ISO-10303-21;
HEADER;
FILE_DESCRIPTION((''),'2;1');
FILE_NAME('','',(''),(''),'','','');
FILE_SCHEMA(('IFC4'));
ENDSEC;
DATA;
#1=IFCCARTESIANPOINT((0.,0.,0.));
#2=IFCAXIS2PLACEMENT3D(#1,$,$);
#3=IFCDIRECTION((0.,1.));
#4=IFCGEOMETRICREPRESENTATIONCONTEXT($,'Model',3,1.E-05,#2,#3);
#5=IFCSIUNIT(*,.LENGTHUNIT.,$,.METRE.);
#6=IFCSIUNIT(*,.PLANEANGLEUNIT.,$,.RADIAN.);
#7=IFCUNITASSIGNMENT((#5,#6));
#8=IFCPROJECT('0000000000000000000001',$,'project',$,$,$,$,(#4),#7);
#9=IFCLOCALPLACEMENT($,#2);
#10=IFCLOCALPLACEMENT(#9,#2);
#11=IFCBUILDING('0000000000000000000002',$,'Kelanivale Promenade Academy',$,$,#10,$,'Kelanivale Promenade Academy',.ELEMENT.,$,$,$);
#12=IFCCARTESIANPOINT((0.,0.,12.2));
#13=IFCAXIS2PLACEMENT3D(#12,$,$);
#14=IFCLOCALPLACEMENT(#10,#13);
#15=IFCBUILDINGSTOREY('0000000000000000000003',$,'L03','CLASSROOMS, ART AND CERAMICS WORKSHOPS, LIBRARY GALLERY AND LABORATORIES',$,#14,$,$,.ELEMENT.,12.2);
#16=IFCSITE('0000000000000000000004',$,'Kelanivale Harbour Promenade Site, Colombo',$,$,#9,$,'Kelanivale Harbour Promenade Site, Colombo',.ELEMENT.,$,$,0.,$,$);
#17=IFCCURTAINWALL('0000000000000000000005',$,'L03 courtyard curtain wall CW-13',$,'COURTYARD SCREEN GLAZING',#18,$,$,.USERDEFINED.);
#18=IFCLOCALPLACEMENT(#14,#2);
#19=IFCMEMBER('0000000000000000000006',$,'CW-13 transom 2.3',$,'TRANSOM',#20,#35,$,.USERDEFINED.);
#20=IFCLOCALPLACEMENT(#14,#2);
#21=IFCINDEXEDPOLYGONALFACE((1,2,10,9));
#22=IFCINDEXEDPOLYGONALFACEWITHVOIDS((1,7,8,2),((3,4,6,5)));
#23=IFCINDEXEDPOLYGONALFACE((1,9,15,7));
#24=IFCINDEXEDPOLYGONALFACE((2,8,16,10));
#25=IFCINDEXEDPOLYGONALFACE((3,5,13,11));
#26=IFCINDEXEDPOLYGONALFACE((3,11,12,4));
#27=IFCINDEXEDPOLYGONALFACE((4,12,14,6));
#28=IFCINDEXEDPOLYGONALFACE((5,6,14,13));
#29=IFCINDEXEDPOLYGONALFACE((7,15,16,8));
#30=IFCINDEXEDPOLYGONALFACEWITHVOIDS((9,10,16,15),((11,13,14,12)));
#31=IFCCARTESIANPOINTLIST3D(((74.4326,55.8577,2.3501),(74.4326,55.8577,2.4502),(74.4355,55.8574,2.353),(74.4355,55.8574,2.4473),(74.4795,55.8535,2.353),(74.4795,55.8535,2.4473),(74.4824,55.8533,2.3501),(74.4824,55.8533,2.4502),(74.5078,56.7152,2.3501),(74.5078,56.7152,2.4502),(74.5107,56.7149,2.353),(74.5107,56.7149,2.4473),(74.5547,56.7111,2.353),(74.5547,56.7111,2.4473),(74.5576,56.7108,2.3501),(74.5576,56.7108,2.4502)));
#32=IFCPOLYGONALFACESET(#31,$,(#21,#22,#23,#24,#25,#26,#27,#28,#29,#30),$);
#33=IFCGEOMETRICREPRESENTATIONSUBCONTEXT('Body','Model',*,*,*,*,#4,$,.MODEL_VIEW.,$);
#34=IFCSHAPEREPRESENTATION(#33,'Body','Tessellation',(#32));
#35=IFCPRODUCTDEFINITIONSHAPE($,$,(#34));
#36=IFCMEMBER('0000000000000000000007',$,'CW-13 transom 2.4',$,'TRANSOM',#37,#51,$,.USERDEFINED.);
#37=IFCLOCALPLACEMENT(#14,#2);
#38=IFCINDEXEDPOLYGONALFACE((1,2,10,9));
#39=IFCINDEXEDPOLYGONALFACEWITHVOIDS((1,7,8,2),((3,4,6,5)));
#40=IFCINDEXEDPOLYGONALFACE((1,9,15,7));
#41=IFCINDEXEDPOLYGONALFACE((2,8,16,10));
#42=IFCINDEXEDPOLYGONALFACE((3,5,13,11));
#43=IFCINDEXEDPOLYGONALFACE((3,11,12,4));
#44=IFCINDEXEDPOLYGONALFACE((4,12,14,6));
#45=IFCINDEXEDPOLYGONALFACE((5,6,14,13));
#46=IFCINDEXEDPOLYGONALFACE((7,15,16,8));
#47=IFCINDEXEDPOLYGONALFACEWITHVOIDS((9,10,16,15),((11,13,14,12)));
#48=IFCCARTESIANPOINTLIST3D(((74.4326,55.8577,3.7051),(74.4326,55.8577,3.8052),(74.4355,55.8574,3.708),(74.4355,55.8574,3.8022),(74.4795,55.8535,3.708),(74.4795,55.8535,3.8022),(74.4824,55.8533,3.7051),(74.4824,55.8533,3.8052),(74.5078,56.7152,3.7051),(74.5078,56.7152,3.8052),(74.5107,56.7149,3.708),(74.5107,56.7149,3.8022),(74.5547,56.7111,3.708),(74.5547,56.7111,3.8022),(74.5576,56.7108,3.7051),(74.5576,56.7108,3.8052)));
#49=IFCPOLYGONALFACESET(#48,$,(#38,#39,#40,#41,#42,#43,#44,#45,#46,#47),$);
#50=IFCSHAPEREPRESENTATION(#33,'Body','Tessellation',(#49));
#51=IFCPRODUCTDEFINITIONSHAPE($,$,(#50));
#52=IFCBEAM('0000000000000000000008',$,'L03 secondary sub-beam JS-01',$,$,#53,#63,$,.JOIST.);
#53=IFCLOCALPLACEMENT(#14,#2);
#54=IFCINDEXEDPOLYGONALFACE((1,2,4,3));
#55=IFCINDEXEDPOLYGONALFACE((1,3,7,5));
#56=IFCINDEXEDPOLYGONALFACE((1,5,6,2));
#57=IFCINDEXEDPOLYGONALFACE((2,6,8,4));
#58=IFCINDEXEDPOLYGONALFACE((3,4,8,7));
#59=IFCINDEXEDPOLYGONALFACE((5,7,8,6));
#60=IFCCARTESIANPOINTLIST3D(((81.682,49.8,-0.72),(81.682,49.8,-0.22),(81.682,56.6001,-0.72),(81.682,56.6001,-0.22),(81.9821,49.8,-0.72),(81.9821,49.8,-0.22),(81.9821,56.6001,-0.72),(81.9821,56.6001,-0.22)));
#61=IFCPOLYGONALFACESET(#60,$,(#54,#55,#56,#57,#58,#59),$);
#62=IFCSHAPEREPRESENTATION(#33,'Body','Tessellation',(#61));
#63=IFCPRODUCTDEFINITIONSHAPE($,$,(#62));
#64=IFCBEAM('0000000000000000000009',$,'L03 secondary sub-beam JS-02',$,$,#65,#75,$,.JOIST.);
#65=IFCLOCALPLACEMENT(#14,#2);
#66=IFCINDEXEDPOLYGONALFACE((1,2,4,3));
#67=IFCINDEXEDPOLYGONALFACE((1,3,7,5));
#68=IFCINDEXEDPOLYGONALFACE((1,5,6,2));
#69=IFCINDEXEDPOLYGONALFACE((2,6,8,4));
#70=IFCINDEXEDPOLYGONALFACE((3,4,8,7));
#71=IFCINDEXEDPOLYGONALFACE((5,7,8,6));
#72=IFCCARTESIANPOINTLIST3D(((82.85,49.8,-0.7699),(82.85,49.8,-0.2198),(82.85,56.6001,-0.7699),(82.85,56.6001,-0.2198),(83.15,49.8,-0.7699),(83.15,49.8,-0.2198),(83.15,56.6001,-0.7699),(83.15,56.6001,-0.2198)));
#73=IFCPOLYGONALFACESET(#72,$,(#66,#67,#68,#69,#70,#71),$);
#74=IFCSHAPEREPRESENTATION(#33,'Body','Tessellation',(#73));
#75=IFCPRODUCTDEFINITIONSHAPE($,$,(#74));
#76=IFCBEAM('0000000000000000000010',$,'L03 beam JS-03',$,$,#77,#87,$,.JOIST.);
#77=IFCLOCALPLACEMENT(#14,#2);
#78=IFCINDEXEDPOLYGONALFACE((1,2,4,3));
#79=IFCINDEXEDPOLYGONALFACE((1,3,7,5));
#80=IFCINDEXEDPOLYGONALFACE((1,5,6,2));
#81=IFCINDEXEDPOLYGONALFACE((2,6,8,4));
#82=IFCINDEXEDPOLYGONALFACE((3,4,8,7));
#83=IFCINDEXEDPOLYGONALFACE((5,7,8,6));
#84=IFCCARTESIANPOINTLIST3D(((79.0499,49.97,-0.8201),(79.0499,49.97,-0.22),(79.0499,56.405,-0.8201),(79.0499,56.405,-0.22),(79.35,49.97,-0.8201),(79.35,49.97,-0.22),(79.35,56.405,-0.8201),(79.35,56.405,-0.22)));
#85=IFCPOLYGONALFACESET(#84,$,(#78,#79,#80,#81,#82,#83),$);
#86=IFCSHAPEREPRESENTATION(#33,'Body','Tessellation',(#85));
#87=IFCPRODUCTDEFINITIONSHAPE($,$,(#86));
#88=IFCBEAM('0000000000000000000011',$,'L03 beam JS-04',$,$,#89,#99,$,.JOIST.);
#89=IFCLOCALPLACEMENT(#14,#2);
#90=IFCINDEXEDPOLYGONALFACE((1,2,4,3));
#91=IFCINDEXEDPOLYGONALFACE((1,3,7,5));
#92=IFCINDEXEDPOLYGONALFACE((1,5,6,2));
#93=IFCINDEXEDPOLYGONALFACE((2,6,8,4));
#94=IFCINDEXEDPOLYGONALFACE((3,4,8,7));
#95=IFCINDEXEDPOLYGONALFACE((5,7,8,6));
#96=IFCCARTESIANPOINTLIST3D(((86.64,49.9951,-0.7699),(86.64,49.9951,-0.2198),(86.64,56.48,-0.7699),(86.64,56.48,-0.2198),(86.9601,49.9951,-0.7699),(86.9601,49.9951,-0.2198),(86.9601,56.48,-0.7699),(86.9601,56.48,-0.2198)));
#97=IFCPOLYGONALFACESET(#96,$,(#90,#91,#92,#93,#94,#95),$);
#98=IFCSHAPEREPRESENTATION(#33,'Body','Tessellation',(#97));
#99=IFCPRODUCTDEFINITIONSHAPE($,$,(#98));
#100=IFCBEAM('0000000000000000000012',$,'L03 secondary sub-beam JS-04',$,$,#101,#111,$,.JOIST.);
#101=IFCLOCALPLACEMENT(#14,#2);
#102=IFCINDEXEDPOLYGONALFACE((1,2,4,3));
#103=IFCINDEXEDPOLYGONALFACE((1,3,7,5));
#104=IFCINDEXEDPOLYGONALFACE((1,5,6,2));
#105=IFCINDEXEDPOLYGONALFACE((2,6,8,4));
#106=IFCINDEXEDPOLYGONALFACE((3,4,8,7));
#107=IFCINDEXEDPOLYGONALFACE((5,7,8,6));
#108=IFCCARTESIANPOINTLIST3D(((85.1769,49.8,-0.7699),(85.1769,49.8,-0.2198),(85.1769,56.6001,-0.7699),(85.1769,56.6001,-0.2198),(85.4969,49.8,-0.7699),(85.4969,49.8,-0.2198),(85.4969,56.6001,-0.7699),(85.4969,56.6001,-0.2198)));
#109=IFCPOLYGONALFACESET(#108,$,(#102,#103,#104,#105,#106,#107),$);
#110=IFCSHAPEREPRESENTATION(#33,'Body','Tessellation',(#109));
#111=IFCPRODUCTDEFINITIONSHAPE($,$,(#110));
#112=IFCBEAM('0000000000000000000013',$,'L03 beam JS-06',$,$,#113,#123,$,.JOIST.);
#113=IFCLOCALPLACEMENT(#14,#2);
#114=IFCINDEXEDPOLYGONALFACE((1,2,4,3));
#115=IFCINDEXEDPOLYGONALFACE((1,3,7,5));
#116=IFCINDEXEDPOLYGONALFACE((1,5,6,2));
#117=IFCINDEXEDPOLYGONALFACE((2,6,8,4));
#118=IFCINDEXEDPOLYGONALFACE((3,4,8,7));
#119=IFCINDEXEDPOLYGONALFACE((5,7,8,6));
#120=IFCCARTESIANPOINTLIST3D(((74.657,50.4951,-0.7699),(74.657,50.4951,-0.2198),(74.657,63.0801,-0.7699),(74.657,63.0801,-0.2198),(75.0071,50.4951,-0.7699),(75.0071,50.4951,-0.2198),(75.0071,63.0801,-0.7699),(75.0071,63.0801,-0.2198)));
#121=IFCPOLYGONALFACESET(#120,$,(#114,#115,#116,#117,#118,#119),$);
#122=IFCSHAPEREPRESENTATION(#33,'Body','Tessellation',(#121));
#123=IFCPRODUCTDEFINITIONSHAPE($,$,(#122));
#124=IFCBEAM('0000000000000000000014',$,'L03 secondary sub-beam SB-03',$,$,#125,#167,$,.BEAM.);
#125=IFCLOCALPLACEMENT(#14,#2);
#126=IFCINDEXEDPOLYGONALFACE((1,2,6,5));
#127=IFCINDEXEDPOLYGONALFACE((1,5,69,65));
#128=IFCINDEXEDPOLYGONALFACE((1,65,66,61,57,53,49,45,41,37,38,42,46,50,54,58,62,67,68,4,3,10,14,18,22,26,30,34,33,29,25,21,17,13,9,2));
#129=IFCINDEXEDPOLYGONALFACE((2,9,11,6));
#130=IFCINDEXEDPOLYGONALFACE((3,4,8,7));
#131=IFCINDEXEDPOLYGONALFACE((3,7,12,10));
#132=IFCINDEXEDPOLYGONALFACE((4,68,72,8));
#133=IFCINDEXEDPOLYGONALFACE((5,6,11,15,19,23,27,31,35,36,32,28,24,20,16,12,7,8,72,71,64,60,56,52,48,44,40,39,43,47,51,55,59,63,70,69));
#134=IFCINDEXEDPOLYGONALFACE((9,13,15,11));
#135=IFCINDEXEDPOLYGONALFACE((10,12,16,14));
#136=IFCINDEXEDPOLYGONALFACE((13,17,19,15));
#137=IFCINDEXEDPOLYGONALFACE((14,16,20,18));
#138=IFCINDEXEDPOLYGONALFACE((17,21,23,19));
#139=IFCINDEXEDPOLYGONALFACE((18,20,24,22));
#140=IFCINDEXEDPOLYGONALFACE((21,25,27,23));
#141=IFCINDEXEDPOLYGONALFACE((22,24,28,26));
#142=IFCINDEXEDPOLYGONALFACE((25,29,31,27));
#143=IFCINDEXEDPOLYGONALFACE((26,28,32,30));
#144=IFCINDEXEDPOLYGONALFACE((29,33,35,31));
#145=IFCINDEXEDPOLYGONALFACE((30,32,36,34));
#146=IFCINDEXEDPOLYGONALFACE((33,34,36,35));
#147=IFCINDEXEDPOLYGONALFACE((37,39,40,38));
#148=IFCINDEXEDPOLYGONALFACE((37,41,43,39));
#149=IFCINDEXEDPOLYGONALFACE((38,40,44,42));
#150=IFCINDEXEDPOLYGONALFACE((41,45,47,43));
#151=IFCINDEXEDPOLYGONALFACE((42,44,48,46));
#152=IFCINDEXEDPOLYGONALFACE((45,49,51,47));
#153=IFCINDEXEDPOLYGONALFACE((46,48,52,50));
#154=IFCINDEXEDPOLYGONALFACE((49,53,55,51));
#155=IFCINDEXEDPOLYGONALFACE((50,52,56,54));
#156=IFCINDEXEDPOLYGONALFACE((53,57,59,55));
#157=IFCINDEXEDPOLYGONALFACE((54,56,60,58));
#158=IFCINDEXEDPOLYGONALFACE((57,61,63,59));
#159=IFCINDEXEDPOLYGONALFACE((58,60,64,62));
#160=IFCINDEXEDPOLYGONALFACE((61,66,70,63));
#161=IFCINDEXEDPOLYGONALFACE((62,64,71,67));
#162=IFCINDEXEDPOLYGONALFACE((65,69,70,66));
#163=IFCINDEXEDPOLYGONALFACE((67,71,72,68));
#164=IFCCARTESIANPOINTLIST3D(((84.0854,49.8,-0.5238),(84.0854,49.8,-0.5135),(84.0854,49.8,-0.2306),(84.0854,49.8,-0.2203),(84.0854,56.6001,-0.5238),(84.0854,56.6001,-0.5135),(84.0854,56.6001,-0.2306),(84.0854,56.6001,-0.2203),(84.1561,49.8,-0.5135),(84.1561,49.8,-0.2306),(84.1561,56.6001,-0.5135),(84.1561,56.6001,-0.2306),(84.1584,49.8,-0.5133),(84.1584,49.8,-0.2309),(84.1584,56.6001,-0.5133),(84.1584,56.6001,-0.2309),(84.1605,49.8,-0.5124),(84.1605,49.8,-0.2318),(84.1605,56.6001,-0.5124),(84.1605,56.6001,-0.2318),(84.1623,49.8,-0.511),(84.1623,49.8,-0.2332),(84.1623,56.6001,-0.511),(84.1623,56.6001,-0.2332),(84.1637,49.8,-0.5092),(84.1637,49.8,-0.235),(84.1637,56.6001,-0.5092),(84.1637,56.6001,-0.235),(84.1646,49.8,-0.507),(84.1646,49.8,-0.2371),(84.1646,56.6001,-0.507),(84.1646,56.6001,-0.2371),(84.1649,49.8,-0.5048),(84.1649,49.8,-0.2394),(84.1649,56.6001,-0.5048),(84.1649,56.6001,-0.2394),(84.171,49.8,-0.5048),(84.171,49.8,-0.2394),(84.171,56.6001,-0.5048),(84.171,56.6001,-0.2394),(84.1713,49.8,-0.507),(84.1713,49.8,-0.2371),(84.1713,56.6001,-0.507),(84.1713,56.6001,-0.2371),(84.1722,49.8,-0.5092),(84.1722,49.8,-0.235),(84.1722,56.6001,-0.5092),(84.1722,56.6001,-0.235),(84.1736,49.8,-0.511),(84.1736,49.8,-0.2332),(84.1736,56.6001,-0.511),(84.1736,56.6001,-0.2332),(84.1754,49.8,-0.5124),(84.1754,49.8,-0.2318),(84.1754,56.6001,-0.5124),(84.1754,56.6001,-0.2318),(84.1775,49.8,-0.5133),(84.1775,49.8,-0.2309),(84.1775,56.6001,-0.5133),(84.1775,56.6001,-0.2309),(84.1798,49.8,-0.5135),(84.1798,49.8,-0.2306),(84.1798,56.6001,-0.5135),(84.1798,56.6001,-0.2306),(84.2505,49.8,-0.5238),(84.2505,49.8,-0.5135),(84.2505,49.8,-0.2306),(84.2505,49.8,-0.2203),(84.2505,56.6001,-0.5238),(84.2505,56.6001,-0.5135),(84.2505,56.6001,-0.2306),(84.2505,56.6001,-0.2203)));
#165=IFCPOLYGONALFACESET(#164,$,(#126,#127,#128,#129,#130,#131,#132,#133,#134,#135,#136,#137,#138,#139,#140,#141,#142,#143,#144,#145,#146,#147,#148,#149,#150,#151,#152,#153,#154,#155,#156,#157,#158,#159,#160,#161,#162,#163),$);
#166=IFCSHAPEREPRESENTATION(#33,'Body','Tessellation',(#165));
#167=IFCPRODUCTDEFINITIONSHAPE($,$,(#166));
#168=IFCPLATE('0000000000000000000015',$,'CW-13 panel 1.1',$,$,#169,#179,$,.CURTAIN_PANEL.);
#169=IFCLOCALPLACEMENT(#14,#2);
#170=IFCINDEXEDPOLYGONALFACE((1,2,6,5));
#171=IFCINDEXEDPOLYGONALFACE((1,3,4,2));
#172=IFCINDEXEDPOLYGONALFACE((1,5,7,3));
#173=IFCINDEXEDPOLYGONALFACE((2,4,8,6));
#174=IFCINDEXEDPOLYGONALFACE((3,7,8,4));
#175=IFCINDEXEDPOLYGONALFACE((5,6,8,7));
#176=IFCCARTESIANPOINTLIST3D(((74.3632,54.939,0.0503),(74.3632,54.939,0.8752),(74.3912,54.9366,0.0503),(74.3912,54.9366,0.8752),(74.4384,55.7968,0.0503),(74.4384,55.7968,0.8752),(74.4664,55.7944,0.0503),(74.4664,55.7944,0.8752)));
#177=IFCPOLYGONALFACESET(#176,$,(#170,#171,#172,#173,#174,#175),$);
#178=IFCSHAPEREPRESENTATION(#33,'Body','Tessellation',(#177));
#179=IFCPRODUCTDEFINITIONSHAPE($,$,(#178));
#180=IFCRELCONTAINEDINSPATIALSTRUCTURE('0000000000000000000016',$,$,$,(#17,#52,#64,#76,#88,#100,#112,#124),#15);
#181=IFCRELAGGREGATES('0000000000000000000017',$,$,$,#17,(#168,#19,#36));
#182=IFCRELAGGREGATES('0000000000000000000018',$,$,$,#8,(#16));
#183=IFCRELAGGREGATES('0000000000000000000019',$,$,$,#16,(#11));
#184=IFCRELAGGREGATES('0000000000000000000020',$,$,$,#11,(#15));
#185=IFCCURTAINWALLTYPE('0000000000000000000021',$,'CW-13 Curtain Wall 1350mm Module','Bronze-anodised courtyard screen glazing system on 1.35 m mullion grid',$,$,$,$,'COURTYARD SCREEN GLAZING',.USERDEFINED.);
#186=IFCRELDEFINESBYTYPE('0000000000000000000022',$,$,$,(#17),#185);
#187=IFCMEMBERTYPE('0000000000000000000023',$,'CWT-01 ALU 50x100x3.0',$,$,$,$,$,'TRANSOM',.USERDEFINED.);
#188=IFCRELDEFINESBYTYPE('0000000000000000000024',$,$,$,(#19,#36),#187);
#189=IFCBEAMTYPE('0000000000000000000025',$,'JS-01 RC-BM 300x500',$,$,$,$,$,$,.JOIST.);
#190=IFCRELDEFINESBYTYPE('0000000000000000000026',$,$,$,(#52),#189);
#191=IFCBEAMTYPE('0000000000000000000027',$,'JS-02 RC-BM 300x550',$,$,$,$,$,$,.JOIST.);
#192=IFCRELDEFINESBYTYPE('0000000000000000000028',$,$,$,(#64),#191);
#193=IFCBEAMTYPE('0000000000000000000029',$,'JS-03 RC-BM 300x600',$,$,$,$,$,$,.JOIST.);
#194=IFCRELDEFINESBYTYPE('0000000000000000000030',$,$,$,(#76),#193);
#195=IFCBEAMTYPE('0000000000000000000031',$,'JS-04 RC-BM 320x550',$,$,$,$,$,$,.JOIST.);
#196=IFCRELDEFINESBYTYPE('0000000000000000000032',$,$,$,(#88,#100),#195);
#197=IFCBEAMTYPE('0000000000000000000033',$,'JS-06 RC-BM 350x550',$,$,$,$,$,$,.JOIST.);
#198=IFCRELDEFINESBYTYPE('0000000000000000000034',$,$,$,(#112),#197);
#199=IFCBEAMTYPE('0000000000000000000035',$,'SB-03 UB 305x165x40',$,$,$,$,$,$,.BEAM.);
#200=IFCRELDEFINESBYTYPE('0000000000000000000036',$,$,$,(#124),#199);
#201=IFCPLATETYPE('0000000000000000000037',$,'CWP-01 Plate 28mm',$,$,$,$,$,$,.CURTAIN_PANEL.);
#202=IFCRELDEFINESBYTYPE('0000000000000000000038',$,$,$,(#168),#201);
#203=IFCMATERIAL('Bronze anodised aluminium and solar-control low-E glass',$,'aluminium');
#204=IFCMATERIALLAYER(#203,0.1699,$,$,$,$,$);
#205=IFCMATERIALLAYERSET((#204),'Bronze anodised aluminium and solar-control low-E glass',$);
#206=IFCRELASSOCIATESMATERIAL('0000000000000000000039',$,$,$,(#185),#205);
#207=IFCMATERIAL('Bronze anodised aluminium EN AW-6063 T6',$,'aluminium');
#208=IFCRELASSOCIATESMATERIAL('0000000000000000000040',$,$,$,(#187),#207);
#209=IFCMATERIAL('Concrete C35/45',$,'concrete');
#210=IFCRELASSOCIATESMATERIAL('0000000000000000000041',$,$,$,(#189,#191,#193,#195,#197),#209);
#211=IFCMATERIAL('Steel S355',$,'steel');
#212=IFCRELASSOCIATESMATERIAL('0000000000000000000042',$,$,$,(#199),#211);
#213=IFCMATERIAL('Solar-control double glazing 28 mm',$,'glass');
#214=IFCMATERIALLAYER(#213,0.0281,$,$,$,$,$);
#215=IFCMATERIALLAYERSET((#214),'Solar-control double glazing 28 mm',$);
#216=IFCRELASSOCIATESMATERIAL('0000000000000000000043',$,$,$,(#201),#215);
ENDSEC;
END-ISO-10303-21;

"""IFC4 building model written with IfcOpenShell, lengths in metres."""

from ifc_helpers import new_model, si_unit, direction, frame, origin, origin_2d, place, context, subcontext, project, spatial, rectangle, hollow_rectangle, i_section, extrude, material, layer, layer_set, material_profile, profile_set, type_object, element, aggregate, save


model = new_model("IFC4")

# Units and contexts
model_context = context("Model", 3, precision=1e-05, world=origin(), true_north=direction((0.0, 1.0)))
body_context = subcontext(model_context, "Body", "Model", "MODEL_VIEW")
ifc_project = project(units=[si_unit("LENGTHUNIT", "METRE"), si_unit("PLANEANGLEUNIT", "RADIAN")], contexts=[model_context])

# Site, building, storey
site_placement = place(None, origin())
site = spatial("IfcSite", under=ifc_project, at=site_placement, Name="Kelanivale Harbour Promenade Site, Colombo", LongName="Kelanivale Harbour Promenade Site, Colombo", CompositionType="ELEMENT", RefElevation=0.0)
building_placement = place(site_placement, origin())
building = spatial("IfcBuilding", under=site, at=building_placement, Name="Kelanivale Promenade Academy", LongName="Kelanivale Promenade Academy", CompositionType="ELEMENT")
storey_placement = place(building_placement, frame((0.0, 0.0, 12.2)))
storey = spatial("IfcBuildingStorey", under=building, at=storey_placement, Name="L03", Description="CLASSROOMS, ART AND CERAMICS WORKSHOPS, LIBRARY GALLERY AND LABORATORIES", CompositionType="ELEMENT", Elevation=12.2)

# Shared definitions
ifc_material_1 = material(Name="Concrete C35/45", Category="concrete")

# Curtain wall, members
ifc_material_2 = material(Name="Bronze anodised aluminium and solar-control low-E glass", Category="aluminium")
ifc_layer_1 = layer(ifc_material_2, 0.1699)
ifc_layer_set_1 = layer_set([ifc_layer_1], Name="Bronze anodised aluminium and solar-control low-E glass")
curtain_wall_type = type_object("IfcCurtainWallType", Name="CW-13 Curtain Wall 1350mm Module", Description="Bronze-anodised courtyard screen glazing system on 1.35 m mullion grid", ElementType="COURTYARD SCREEN GLAZING", PredefinedType="USERDEFINED", material=ifc_layer_set_1)
curtain_wall_placement = place(storey_placement, origin())
curtain_wall = element("IfcCurtainWall", 1, at=curtain_wall_placement, inside=storey, type_object=curtain_wall_type, Name="L03 courtyard curtain wall CW-13", ObjectType="COURTYARD SCREEN GLAZING", PredefinedType="USERDEFINED")
ifc_material_3 = material(Name="Bronze anodised aluminium EN AW-6063 T6", Category="aluminium")
ifc_material_profile_1 = material_profile(ifc_material_3, hollow_rectangle(XDim=0.05, YDim=0.1001, WallThickness=0.0029, at=origin_2d()), Name="ALU 50x100x3.0")
ifc_profile_set_1 = profile_set([ifc_material_profile_1], Name="Bronze anodised aluminium EN AW-6063 T6")
member_type_1 = type_object("IfcMemberType", Name="CWT-01 ALU 50x100x3.0", ElementType="TRANSOM", PredefinedType="USERDEFINED", material=ifc_profile_set_1)
member_1_placement = place(storey_placement, frame((74.4575, 55.8555, 2.4001), z_axis=(0.087339, 0.996179, 0.0), x_axis=(-0.996179, 0.087339, 0.0)))
member_1 = element("IfcMember", 2, at=member_1_placement, type_object=member_type_1, Name="CW-13 transom 2.3", ObjectType="TRANSOM", PredefinedType="USERDEFINED", context=body_context, shape_type="SweptSolid", body=[
    extrude(hollow_rectangle(XDim=0.05, YDim=0.1001, WallThickness=0.0029, at=origin_2d()), origin(), (0.0, 0.0, 1.0), 0.8608),
])
member_2_placement = place(storey_placement, frame((74.4575, 55.8555, 3.7551), z_axis=(0.087339, 0.996179, 0.0), x_axis=(-0.996179, 0.087339, 0.0)))
member_2 = element("IfcMember", 3, at=member_2_placement, type_object=member_type_1, Name="CW-13 transom 2.4", ObjectType="TRANSOM", PredefinedType="USERDEFINED", context=body_context, shape_type="SweptSolid", body=[
    extrude(hollow_rectangle(XDim=0.05, YDim=0.1001, WallThickness=0.0029, at=origin_2d()), origin(), (0.0, 0.0, 1.0), 0.8608),
])

# Beams
ifc_material_profile_2 = material_profile(ifc_material_1, rectangle(XDim=0.3, YDim=0.5, at=origin_2d()), Name="RC-BM 300x500")
ifc_profile_set_2 = profile_set([ifc_material_profile_2], Name="Concrete C35/45")
beam_type_1 = type_object("IfcBeamType", Name="JS-01 RC-BM 300x500", PredefinedType="JOIST", material=ifc_profile_set_2)
beam_1_placement = place(storey_placement, frame((81.832, 49.8, -0.47), z_axis=(0.0, 1.0, 0.0), x_axis=(-1.0, 0.0, 0.0)))
element("IfcBeam", 4, at=beam_1_placement, inside=storey, type_object=beam_type_1, Name="L03 secondary sub-beam JS-01", PredefinedType="JOIST", context=body_context, shape_type="SweptSolid", body=[
    extrude(rectangle(XDim=0.3, YDim=0.5, at=origin_2d()), origin(), (0.0, 0.0, 1.0), 6.8),
])
ifc_material_profile_3 = material_profile(ifc_material_1, rectangle(XDim=0.3, YDim=0.55, at=origin_2d()), Name="RC-BM 300x550")
ifc_profile_set_3 = profile_set([ifc_material_profile_3], Name="Concrete C35/45")
beam_type_2 = type_object("IfcBeamType", Name="JS-02 RC-BM 300x550", PredefinedType="JOIST", material=ifc_profile_set_3)
beam_2_placement = place(storey_placement, frame((83.0, 49.8, -0.4949), z_axis=(0.0, 1.0, 0.0), x_axis=(-1.0, 0.0, 0.0)))
element("IfcBeam", 5, at=beam_2_placement, inside=storey, type_object=beam_type_2, Name="L03 secondary sub-beam JS-02", PredefinedType="JOIST", context=body_context, shape_type="SweptSolid", body=[
    extrude(rectangle(XDim=0.3, YDim=0.55, at=origin_2d()), origin(), (0.0, 0.0, 1.0), 6.8),
])
ifc_material_profile_4 = material_profile(ifc_material_1, rectangle(XDim=0.3, YDim=0.6001, at=origin_2d()), Name="RC-BM 300x600")
ifc_profile_set_4 = profile_set([ifc_material_profile_4], Name="Concrete C35/45")
beam_type_3 = type_object("IfcBeamType", Name="JS-03 RC-BM 300x600", PredefinedType="JOIST", material=ifc_profile_set_4)
beam_3_placement = place(storey_placement, frame((79.2, 49.97, -0.52), z_axis=(0.0, 1.0, 0.0), x_axis=(-1.0, 0.0, 0.0)))
element("IfcBeam", 6, at=beam_3_placement, inside=storey, type_object=beam_type_3, Name="L03 beam JS-03", PredefinedType="JOIST", context=body_context, shape_type="SweptSolid", body=[
    extrude(rectangle(XDim=0.3, YDim=0.6001, at=origin_2d()), origin(), (0.0, 0.0, 1.0), 6.4351),
])
ifc_material_profile_5 = material_profile(ifc_material_1, rectangle(XDim=0.3201, YDim=0.55, at=origin_2d()), Name="RC-BM 320x550")
ifc_profile_set_5 = profile_set([ifc_material_profile_5], Name="Concrete C35/45")
beam_type_4 = type_object("IfcBeamType", Name="JS-04 RC-BM 320x550", PredefinedType="JOIST", material=ifc_profile_set_5)
beam_4_placement = place(storey_placement, frame((86.8, 49.9951, -0.4949), z_axis=(0.0, 1.0, 0.0), x_axis=(-1.0, 0.0, 0.0)))
element("IfcBeam", 7, at=beam_4_placement, inside=storey, type_object=beam_type_4, Name="L03 beam JS-04", PredefinedType="JOIST", context=body_context, shape_type="SweptSolid", body=[
    extrude(rectangle(XDim=0.3201, YDim=0.55, at=origin_2d()), origin(), (0.0, 0.0, 1.0), 6.4849),
])
beam_5_placement = place(storey_placement, frame((85.3369, 49.8, -0.4949), z_axis=(0.0, 1.0, 0.0), x_axis=(-1.0, 0.0, 0.0)))
element("IfcBeam", 8, at=beam_5_placement, inside=storey, type_object=beam_type_4, Name="L03 secondary sub-beam JS-04", PredefinedType="JOIST", context=body_context, shape_type="SweptSolid", body=[
    extrude(rectangle(XDim=0.3201, YDim=0.55, at=origin_2d()), origin(), (0.0, 0.0, 1.0), 6.8),
])
ifc_material_profile_6 = material_profile(ifc_material_1, rectangle(XDim=0.3501, YDim=0.55, at=origin_2d()), Name="RC-BM 350x550")
ifc_profile_set_6 = profile_set([ifc_material_profile_6], Name="Concrete C35/45")
beam_type_5 = type_object("IfcBeamType", Name="JS-06 RC-BM 350x550", PredefinedType="JOIST", material=ifc_profile_set_6)
beam_6_placement = place(storey_placement, frame((74.832, 50.4951, -0.4949), z_axis=(0.0, 1.0, 0.0), x_axis=(-1.0, 0.0, 0.0)))
element("IfcBeam", 9, at=beam_6_placement, inside=storey, type_object=beam_type_5, Name="L03 beam JS-06", PredefinedType="JOIST", context=body_context, shape_type="SweptSolid", body=[
    extrude(rectangle(XDim=0.3501, YDim=0.55, at=origin_2d()), origin(), (0.0, 0.0, 1.0), 12.585),
])
ifc_material_4 = material(Name="Steel S355", Category="steel")
ifc_material_profile_7 = material_profile(ifc_material_4, i_section(OverallWidth=0.165, OverallDepth=0.3035, WebThickness=0.0061, FlangeThickness=0.0103, FilletRadius=0.0088, at=origin_2d()), Name="UB 305x165x40")
ifc_profile_set_7 = profile_set([ifc_material_profile_7], Name="Steel S355")
beam_type_6 = type_object("IfcBeamType", Name="SB-03 UB 305x165x40", PredefinedType="BEAM", material=ifc_profile_set_7)
beam_7_placement = place(storey_placement, frame((84.168, 49.8, -0.3721), z_axis=(0.0, 1.0, 0.0), x_axis=(-1.0, 0.0, 0.0)))
element("IfcBeam", 10, at=beam_7_placement, inside=storey, type_object=beam_type_6, Name="L03 secondary sub-beam SB-03", PredefinedType="BEAM", context=body_context, shape_type="SweptSolid", body=[
    extrude(i_section(OverallWidth=0.165, OverallDepth=0.3035, WebThickness=0.0061, FlangeThickness=0.0103, FilletRadius=0.0088, at=origin_2d()), origin(), (0.0, 0.0, 1.0), 6.8),
])

# Plate
ifc_material_5 = material(Name="Solar-control double glazing 28 mm", Category="glass")
ifc_layer_2 = layer(ifc_material_5, 0.0281)
ifc_layer_set_2 = layer_set([ifc_layer_2], Name="Solar-control double glazing 28 mm")
plate_type = type_object("IfcPlateType", Name="CWP-01 Plate 28mm", PredefinedType="CURTAIN_PANEL", material=ifc_layer_set_2)
plate_1_placement = place(storey_placement, frame((74.4148, 55.3667, 0.0503), z_axis=(0.0, 0.0, 1.0), x_axis=(0.087265, 0.996185, 0.0)))
plate_1 = element("IfcPlate", 11, at=plate_1_placement, type_object=plate_type, Name="CW-13 panel 1.1", PredefinedType="CURTAIN_PANEL", context=body_context, shape_type="SweptSolid", body=[
    extrude(rectangle(XDim=0.8611, YDim=0.0281, at=origin_2d()), origin(), (0.0, 0.0, 1.0), 0.825),
])
aggregate(curtain_wall, [plate_1, member_1, member_2])

save(model, "model.ifc")
